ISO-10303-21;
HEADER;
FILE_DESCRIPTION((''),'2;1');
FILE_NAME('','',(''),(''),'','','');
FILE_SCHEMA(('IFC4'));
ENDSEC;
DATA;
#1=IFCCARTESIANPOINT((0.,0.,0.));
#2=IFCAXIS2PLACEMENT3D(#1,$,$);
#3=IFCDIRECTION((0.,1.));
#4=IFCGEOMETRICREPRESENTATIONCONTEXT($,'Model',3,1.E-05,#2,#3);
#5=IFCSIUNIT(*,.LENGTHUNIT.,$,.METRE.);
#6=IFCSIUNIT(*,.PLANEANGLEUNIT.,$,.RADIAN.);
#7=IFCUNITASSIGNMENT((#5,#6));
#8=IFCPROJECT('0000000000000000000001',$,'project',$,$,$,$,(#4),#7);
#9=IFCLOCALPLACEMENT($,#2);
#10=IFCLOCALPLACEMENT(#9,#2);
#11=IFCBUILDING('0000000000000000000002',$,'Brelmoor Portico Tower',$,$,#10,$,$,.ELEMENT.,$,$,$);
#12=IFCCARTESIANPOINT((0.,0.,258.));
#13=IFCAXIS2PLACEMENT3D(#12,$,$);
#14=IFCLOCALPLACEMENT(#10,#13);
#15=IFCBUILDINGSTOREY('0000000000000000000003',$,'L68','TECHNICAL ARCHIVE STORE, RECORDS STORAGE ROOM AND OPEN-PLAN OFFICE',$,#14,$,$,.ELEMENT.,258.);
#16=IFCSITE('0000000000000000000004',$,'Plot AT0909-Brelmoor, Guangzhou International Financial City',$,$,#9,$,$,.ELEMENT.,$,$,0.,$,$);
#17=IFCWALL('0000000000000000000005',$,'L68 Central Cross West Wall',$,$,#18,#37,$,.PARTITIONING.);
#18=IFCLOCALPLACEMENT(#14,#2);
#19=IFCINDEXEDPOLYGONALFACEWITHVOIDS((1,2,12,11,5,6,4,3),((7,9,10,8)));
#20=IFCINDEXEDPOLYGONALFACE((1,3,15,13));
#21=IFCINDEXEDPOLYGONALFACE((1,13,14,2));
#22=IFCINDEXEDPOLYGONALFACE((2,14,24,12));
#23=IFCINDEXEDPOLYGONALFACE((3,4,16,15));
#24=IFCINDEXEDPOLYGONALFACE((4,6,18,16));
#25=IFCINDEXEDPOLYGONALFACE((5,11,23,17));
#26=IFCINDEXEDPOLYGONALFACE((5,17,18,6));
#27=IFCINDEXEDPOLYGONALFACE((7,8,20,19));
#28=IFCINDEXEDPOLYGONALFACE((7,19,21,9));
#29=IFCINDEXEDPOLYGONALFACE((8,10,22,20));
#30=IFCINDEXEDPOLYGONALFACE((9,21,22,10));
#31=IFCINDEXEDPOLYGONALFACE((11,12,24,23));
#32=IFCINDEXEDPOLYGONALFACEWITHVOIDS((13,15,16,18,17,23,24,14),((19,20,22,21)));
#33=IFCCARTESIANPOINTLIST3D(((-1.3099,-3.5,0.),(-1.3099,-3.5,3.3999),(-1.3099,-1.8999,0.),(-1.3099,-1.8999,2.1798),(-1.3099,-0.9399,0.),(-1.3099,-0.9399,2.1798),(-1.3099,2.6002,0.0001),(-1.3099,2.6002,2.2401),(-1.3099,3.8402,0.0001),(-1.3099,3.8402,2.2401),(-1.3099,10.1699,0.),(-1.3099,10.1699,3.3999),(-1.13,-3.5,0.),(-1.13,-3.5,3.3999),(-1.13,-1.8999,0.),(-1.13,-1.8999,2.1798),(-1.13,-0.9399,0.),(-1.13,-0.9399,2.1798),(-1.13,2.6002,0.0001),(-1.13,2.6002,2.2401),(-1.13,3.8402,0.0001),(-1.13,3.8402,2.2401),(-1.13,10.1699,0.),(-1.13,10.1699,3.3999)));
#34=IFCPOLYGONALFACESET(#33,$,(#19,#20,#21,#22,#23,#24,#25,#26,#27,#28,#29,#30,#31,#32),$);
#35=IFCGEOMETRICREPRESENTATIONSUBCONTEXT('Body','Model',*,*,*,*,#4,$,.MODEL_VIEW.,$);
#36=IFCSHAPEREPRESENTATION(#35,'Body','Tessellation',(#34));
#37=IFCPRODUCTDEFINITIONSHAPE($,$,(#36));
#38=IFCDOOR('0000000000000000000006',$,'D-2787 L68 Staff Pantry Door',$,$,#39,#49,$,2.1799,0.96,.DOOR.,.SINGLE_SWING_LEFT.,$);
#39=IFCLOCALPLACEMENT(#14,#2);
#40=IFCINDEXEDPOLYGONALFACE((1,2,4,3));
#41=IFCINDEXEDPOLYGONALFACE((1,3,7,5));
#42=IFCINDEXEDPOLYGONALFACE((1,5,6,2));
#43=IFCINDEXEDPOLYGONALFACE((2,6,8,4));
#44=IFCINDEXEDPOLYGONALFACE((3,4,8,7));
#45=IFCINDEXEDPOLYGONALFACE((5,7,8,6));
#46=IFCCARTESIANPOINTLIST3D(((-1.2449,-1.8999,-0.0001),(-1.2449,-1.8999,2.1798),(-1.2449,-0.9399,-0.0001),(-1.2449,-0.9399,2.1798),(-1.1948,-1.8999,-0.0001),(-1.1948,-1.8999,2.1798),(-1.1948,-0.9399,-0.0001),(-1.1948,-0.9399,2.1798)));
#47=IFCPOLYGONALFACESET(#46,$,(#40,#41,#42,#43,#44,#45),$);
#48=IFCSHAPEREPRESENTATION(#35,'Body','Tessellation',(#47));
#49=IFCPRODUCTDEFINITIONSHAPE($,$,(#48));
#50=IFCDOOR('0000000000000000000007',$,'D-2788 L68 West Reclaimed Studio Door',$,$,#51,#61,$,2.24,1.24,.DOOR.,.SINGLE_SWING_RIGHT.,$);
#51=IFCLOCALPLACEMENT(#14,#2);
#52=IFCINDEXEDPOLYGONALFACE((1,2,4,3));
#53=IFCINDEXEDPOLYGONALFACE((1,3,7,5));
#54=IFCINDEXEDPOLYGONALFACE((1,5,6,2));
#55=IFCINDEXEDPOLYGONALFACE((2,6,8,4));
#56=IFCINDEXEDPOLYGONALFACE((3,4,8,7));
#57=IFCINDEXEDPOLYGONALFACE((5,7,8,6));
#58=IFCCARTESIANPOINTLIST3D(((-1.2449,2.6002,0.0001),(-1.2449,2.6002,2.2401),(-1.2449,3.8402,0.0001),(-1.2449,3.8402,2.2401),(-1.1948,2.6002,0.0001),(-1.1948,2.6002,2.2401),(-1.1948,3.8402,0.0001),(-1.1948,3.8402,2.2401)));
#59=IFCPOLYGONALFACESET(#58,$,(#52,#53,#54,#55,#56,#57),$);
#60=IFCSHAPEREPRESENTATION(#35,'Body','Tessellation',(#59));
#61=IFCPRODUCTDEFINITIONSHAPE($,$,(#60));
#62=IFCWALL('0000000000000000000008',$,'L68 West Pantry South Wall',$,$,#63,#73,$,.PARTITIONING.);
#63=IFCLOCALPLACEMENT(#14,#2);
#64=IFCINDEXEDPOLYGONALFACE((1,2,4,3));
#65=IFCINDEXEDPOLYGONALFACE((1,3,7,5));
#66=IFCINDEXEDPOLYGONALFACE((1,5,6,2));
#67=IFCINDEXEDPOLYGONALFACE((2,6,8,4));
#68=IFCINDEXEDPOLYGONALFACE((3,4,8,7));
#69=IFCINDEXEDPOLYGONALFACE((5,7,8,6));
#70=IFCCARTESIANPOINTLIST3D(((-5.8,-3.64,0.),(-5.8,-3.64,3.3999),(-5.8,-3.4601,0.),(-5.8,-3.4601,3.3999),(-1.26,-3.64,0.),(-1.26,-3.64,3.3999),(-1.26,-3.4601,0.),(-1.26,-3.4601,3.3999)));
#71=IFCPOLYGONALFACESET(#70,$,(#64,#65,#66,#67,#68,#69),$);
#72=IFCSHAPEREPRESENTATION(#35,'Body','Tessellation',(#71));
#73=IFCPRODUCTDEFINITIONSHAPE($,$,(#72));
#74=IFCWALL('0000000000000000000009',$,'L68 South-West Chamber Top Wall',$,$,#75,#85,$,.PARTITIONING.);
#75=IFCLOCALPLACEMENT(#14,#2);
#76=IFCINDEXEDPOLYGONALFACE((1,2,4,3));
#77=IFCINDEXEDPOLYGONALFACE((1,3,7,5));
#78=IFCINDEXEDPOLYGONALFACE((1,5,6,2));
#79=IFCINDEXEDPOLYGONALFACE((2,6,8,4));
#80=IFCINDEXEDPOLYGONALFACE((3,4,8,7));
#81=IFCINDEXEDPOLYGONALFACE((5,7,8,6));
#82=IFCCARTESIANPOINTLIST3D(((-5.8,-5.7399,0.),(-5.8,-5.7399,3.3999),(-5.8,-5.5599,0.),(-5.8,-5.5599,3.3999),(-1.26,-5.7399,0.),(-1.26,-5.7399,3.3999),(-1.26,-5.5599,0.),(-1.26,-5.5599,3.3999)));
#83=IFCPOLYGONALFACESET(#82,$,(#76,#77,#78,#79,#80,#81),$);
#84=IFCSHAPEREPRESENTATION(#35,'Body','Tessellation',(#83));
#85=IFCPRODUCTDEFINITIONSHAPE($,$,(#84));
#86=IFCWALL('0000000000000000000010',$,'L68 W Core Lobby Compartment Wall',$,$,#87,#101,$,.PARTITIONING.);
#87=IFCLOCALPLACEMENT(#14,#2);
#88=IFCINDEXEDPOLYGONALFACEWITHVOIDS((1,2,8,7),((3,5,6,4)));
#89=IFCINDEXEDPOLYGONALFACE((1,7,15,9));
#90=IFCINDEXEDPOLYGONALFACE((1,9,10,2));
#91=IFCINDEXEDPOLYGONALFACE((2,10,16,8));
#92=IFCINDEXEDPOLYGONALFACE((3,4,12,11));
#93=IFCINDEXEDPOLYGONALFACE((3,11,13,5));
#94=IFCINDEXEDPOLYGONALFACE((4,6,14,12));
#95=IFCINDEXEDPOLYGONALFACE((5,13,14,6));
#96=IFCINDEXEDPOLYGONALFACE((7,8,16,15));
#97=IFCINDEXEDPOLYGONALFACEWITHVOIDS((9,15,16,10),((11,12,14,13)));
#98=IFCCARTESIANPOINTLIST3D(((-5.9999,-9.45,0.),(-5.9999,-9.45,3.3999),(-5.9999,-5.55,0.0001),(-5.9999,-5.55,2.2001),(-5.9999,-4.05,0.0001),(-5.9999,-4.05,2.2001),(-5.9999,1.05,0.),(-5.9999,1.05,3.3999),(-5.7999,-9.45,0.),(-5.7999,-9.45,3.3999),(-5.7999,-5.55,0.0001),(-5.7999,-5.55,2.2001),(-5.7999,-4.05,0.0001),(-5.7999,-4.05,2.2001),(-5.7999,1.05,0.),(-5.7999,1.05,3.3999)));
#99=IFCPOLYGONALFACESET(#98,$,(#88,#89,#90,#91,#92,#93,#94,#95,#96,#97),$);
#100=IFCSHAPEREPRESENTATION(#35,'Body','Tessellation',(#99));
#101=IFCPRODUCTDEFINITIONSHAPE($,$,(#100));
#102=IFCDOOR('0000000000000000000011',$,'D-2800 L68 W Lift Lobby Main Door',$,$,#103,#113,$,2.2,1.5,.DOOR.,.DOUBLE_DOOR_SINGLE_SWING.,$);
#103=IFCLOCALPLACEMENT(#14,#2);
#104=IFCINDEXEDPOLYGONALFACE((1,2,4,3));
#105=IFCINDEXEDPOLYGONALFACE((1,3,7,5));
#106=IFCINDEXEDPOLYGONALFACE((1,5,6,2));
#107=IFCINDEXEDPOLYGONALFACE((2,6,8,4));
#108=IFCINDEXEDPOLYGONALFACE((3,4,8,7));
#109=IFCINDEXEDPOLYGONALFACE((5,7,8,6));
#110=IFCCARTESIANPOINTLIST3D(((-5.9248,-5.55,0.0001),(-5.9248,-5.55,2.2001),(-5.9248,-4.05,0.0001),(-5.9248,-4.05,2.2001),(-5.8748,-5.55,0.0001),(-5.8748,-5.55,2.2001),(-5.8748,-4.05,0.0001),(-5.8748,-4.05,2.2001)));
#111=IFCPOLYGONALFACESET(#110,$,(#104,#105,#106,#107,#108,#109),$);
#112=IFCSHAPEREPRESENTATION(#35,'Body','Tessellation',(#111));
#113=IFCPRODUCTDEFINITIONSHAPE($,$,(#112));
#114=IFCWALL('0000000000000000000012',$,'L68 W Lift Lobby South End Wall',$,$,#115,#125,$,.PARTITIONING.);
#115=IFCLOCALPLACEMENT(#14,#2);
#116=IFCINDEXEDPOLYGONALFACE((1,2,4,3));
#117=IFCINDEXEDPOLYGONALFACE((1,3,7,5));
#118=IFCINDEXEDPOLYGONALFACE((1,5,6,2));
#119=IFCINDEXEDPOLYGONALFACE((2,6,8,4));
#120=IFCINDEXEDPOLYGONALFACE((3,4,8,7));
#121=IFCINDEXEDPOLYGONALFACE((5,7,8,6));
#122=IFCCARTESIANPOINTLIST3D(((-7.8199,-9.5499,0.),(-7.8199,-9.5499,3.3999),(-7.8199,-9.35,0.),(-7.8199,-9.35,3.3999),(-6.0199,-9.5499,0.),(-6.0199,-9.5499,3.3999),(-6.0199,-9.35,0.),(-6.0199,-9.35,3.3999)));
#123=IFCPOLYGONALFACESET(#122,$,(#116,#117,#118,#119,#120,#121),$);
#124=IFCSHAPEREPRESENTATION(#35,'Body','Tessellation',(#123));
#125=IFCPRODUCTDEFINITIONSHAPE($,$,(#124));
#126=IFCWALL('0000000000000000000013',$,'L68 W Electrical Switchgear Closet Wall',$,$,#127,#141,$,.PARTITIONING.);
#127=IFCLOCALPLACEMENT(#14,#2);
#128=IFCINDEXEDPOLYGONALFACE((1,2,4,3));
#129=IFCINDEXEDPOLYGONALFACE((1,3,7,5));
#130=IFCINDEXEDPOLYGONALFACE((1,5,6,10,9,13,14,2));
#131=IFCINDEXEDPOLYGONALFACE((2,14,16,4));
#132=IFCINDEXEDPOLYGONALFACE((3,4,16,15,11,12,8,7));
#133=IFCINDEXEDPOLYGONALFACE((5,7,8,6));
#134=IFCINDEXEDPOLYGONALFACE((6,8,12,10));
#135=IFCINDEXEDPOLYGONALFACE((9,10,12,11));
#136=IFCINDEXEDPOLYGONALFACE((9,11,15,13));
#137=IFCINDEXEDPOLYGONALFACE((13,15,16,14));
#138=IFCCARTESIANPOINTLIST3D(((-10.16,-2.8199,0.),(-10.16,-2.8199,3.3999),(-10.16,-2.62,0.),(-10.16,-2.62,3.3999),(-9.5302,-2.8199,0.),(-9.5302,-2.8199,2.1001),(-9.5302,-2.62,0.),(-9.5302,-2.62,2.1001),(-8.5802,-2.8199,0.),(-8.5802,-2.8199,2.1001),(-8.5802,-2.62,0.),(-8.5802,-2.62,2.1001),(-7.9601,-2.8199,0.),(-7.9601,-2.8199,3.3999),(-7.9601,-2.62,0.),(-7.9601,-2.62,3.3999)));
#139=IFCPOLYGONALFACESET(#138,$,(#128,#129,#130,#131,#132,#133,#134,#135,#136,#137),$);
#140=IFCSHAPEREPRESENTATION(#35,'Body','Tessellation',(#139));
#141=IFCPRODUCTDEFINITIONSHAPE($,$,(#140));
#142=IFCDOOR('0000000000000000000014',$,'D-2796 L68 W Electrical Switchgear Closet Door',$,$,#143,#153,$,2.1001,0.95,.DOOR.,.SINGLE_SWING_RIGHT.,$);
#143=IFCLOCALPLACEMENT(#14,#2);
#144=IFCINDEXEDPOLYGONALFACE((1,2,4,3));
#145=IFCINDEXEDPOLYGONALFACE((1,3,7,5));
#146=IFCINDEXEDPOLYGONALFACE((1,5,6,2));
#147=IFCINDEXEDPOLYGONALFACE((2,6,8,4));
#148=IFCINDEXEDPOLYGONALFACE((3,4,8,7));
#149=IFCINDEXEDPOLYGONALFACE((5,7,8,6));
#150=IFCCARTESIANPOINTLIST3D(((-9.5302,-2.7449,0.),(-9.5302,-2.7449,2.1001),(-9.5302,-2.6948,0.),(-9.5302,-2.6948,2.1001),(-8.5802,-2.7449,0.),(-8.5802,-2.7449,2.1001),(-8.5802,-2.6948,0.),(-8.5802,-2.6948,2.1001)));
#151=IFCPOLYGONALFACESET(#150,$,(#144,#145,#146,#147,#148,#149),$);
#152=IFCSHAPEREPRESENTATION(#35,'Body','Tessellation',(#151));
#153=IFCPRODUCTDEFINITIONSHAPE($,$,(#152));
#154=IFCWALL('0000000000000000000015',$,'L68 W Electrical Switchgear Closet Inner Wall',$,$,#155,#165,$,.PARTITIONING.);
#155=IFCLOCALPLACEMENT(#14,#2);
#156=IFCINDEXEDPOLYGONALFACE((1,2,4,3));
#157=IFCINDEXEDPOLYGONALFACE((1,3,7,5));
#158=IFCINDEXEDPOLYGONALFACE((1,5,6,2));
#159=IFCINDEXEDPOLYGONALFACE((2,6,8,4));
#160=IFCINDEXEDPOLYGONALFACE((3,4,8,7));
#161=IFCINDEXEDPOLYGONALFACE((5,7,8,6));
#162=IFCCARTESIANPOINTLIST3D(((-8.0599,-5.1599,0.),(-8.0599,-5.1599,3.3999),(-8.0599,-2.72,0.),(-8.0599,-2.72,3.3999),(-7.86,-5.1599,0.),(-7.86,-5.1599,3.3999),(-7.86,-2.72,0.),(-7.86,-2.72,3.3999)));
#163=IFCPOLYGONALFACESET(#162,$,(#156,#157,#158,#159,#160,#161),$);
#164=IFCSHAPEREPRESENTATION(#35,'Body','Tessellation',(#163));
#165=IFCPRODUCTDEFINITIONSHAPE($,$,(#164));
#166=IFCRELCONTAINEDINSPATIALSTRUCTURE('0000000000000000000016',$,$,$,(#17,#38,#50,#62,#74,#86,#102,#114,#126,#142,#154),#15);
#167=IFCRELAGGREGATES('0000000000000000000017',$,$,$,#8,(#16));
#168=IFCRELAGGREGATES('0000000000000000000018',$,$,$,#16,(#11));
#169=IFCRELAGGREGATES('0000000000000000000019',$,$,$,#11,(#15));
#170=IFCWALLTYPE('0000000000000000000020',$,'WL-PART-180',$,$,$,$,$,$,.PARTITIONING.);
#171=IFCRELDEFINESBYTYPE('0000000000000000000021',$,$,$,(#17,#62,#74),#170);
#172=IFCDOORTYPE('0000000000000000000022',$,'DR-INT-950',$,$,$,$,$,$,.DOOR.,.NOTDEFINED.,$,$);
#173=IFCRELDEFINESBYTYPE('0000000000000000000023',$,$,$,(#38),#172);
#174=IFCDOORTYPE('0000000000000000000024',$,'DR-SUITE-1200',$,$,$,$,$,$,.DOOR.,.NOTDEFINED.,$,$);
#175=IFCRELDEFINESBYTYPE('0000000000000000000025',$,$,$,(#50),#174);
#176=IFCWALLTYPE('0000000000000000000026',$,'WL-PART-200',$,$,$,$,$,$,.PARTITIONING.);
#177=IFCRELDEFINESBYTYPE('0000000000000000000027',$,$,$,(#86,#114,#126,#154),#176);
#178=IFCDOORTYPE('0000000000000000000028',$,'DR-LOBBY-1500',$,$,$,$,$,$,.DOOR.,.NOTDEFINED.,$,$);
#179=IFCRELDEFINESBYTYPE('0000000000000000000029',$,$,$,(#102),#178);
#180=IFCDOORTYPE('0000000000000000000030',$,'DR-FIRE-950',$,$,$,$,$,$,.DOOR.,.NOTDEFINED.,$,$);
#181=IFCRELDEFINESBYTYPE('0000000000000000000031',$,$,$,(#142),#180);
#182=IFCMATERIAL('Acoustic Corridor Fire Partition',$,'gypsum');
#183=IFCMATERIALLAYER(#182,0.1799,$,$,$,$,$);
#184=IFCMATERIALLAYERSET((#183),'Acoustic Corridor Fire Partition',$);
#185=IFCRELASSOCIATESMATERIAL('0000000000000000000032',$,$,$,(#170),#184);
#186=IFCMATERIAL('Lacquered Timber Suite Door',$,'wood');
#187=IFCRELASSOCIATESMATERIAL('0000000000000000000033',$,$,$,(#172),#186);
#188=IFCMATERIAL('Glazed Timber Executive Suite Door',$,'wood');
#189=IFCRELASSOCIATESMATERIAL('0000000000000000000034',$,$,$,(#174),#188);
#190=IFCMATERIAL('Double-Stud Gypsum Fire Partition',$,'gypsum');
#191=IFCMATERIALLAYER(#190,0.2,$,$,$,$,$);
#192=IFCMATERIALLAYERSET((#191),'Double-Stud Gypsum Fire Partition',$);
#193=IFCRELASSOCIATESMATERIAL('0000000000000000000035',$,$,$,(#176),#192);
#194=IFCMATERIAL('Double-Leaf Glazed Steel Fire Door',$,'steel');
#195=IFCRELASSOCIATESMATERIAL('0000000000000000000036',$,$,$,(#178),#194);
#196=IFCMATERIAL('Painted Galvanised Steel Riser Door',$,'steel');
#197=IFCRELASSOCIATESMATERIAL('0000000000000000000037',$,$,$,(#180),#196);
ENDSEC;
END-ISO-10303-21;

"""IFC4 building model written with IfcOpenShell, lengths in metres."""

from ifc_helpers import new_model, si_unit, direction, frame, frame_2d, origin, place, context, subcontext, project, spatial, rectangle, extrude, material, layer, layer_set, type_object, element, fill, save


model = new_model("IFC4")

# Units and contexts
model_context = context("Model", 3, precision=1e-05, world=origin(), true_north=direction((0.0, 1.0)))
body_context = subcontext(model_context, "Body", "Model", "MODEL_VIEW")
ifc_project = project(units=[si_unit("LENGTHUNIT", "METRE"), si_unit("PLANEANGLEUNIT", "RADIAN")], contexts=[model_context])

# Site, building, storey
site_placement = place(None, origin())
site = spatial("IfcSite", under=ifc_project, at=site_placement, Name="Plot AT0909-Brelmoor, Guangzhou International Financial City", CompositionType="ELEMENT", RefElevation=0.0)
building_placement = place(site_placement, origin())
building = spatial("IfcBuilding", under=site, at=building_placement, Name="Brelmoor Portico Tower", CompositionType="ELEMENT")
storey_placement = place(building_placement, frame((0.0, 0.0, 258.0)))
storey = spatial("IfcBuildingStorey", under=building, at=storey_placement, Name="L68", Description="TECHNICAL ARCHIVE STORE, RECORDS STORAGE ROOM AND OPEN-PLAN OFFICE", CompositionType="ELEMENT", Elevation=258.0)

# Wall, openings, doors
ifc_material_1 = material(Name="Acoustic Corridor Fire Partition", Category="gypsum")
ifc_layer_1 = layer(ifc_material_1, 0.1799)
ifc_layer_set_1 = layer_set([ifc_layer_1], Name="Acoustic Corridor Fire Partition")
wall_type_1 = type_object("IfcWallType", Name="WL-PART-180", PredefinedType="PARTITIONING", material=ifc_layer_set_1)
wall_1_placement = place(storey_placement, frame((-1.22, -3.5, 0.0), z_axis=(0.0, 0.0, 1.0), x_axis=(0.0, 1.0, 0.0)))
wall_1 = element("IfcWall", 1, at=wall_1_placement, inside=storey, type_object=wall_type_1, Name="L68 Central Cross West Wall", PredefinedType="PARTITIONING", context=body_context, shape_type="SweptSolid", body=[
    extrude(rectangle(XDim=13.6699, YDim=0.1799, at=frame_2d((6.835, 0.0))), origin(), (0.0, 0.0, 1.0), 3.3999),
])
opening_1_placement = place(wall_1_placement, frame((6.1001, 0.0, 0.0)))
opening_1 = element("IfcOpeningElement", 2, at=opening_1_placement, cuts=wall_1, PredefinedType="OPENING", context=body_context, shape_type="SweptSolid", body=[
    extrude(rectangle(XDim=1.24, YDim=2.24, at=frame_2d((0.6201, 1.1201))), frame((0.0, 0.0999, 0.0), z_axis=(0.0, -1.0, 0.0), x_axis=(1.0, 0.0, 0.0)), (0.0, 0.0, 1.0), 0.2),
])
opening_2_placement = place(wall_1_placement, frame((1.6001, 0.0, 0.0)))
opening_2 = element("IfcOpeningElement", 3, at=opening_2_placement, cuts=wall_1, PredefinedType="OPENING", context=body_context, shape_type="SweptSolid", body=[
    extrude(rectangle(XDim=0.96, YDim=2.1799, at=frame_2d((0.48, 1.0898))), frame((0.0, 0.0999, 0.0), z_axis=(0.0, -1.0, 0.0), x_axis=(1.0, 0.0, 0.0)), (0.0, 0.0, 1.0), 0.2),
])
ifc_material_2 = material(Name="Lacquered Timber Suite Door", Category="wood")
door_type_1 = type_object("IfcDoorType", Name="DR-INT-950", OperationType="NOTDEFINED", PredefinedType="DOOR", material=ifc_material_2)
door_1_placement = place(opening_2_placement, origin())
door_1 = element("IfcDoor", 4, at=door_1_placement, inside=storey, type_object=door_type_1, Name="D-2787 L68 Staff Pantry Door", OperationType="SINGLE_SWING_LEFT", OverallHeight=2.1799, OverallWidth=0.96, PredefinedType="DOOR", context=body_context, shape_type="SweptSolid", body=[
    extrude(rectangle(XDim=0.96, YDim=2.1799, at=frame_2d((0.48, 1.0898))), frame((0.0, 0.0249, 0.0), z_axis=(0.0, -1.0, 0.0), x_axis=(1.0, 0.0, 0.0)), (0.0, 0.0, 1.0), 0.05),
])
fill(opening_2, door_1)
ifc_material_3 = material(Name="Glazed Timber Executive Suite Door", Category="wood")
door_type_2 = type_object("IfcDoorType", Name="DR-SUITE-1200", OperationType="NOTDEFINED", PredefinedType="DOOR", material=ifc_material_3)
door_2_placement = place(opening_1_placement, origin())
door_2 = element("IfcDoor", 5, at=door_2_placement, inside=storey, type_object=door_type_2, Name="D-2788 L68 West Reclaimed Studio Door", OperationType="SINGLE_SWING_RIGHT", OverallHeight=2.24, OverallWidth=1.24, PredefinedType="DOOR", context=body_context, shape_type="SweptSolid", body=[
    extrude(rectangle(XDim=1.24, YDim=2.24, at=frame_2d((0.6201, 1.1201))), frame((0.0, 0.0249, 0.0), z_axis=(0.0, -1.0, 0.0), x_axis=(1.0, 0.0, 0.0)), (0.0, 0.0, 1.0), 0.05),
])
fill(opening_1, door_2)

# Walls
for number, where, z_axis, x_axis, name in (
    (6, (-5.8, -3.55, 0.0), (0.0, 0.0, 1.0), (1.0, 0.0, 0.0), "L68 West Pantry South Wall"),
    (7, (-5.8, -5.6499, 0.0), (0.0, 0.0, 1.0), (1.0, 0.0, 0.0), "L68 South-West Chamber Top Wall"),
):
    element("IfcWall", number, at=place(storey_placement, frame(where, z_axis=z_axis, x_axis=x_axis)), inside=storey, type_object=wall_type_1, Name=name, PredefinedType="PARTITIONING", context=body_context, shape_type="SweptSolid", body=[
        extrude(rectangle(XDim=4.54, YDim=0.1799, at=frame_2d((2.27, 0.0))), origin(), (0.0, 0.0, 1.0), 3.3999),
    ])

# Wall, opening, door
ifc_material_4 = material(Name="Double-Stud Gypsum Fire Partition", Category="gypsum")
ifc_layer_2 = layer(ifc_material_4, 0.2)
ifc_layer_set_2 = layer_set([ifc_layer_2], Name="Double-Stud Gypsum Fire Partition")
wall_type_2 = type_object("IfcWallType", Name="WL-PART-200", PredefinedType="PARTITIONING", material=ifc_layer_set_2)
wall_2_placement = place(storey_placement, frame((-5.8999, -9.45, 0.0), z_axis=(0.0, 0.0, 1.0), x_axis=(0.0, 1.0, 0.0)))
wall_2 = element("IfcWall", 8, at=wall_2_placement, inside=storey, type_object=wall_type_2, Name="L68 W Core Lobby Compartment Wall", PredefinedType="PARTITIONING", context=body_context, shape_type="SweptSolid", body=[
    extrude(rectangle(XDim=10.5, YDim=0.2, at=frame_2d((5.25, 0.0))), origin(), (0.0, 0.0, 1.0), 3.3999),
])
opening_3_placement = place(wall_2_placement, frame((3.8999, 0.0, 0.0)))
opening_3 = element("IfcOpeningElement", 9, at=opening_3_placement, cuts=wall_2, PredefinedType="OPENING", context=body_context, shape_type="SweptSolid", body=[
    extrude(rectangle(XDim=1.5, YDim=2.2, at=frame_2d((0.75, 1.1001))), frame((0.0, 0.1099, 0.0), z_axis=(0.0, -1.0, 0.0), x_axis=(1.0, 0.0, 0.0)), (0.0, 0.0, 1.0), 0.22),
])
ifc_material_5 = material(Name="Double-Leaf Glazed Steel Fire Door", Category="steel")
door_type_3 = type_object("IfcDoorType", Name="DR-LOBBY-1500", OperationType="NOTDEFINED", PredefinedType="DOOR", material=ifc_material_5)
door_3_placement = place(opening_3_placement, origin())
door_3 = element("IfcDoor", 10, at=door_3_placement, inside=storey, type_object=door_type_3, Name="D-2800 L68 W Lift Lobby Main Door", OperationType="DOUBLE_DOOR_SINGLE_SWING", OverallHeight=2.2, OverallWidth=1.5, PredefinedType="DOOR", context=body_context, shape_type="SweptSolid", body=[
    extrude(rectangle(XDim=1.5, YDim=2.2, at=frame_2d((0.75, 1.1001))), frame((0.0, 0.0249, 0.0), z_axis=(0.0, -1.0, 0.0), x_axis=(1.0, 0.0, 0.0)), (0.0, 0.0, 1.0), 0.05),
])
fill(opening_3, door_3)

# Wall
wall_3_placement = place(storey_placement, frame((-6.02, -9.45, 0.0), z_axis=(0.0, 0.0, 1.0), x_axis=(-1.0, 0.0, 0.0)))
element("IfcWall", 11, at=wall_3_placement, inside=storey, type_object=wall_type_2, Name="L68 W Lift Lobby South End Wall", PredefinedType="PARTITIONING", context=body_context, shape_type="SweptSolid", body=[
    extrude(rectangle(XDim=1.8, YDim=0.2, at=frame_2d((0.8999, 0.0))), origin(), (0.0, 0.0, 1.0), 3.3999),
])

# Wall, opening, door
wall_4_placement = place(storey_placement, frame((-7.96, -2.72, 0.0), z_axis=(0.0, 0.0, 1.0), x_axis=(-1.0, 0.0, 0.0)))
wall_4 = element("IfcWall", 12, at=wall_4_placement, inside=storey, type_object=wall_type_2, Name="L68 W Electrical Switchgear Closet Wall", PredefinedType="PARTITIONING", context=body_context, shape_type="SweptSolid", body=[
    extrude(rectangle(XDim=2.2, YDim=0.2, at=frame_2d((1.1001, 0.0))), origin(), (0.0, 0.0, 1.0), 3.3999),
])
opening_4_placement = place(wall_4_placement, frame((0.6201, 0.0, 0.0)))
opening_4 = element("IfcOpeningElement", 13, at=opening_4_placement, cuts=wall_4, PredefinedType="OPENING", context=body_context, shape_type="SweptSolid", body=[
    extrude(rectangle(XDim=0.95, YDim=2.1001, at=frame_2d((0.4751, 1.05))), frame((0.0, 0.1099, 0.0), z_axis=(0.0, -1.0, 0.0), x_axis=(1.0, 0.0, 0.0)), (0.0, 0.0, 1.0), 0.22),
])
ifc_material_6 = material(Name="Painted Galvanised Steel Riser Door", Category="steel")
door_type_4 = type_object("IfcDoorType", Name="DR-FIRE-950", OperationType="NOTDEFINED", PredefinedType="DOOR", material=ifc_material_6)
door_4_placement = place(opening_4_placement, origin())
door_4 = element("IfcDoor", 14, at=door_4_placement, inside=storey, type_object=door_type_4, Name="D-2796 L68 W Electrical Switchgear Closet Door", OperationType="SINGLE_SWING_RIGHT", OverallHeight=2.1001, OverallWidth=0.95, PredefinedType="DOOR", context=body_context, shape_type="SweptSolid", body=[
    extrude(rectangle(XDim=0.95, YDim=2.1001, at=frame_2d((0.4751, 1.05))), frame((0.0, 0.0249, 0.0), z_axis=(0.0, -1.0, 0.0), x_axis=(1.0, 0.0, 0.0)), (0.0, 0.0, 1.0), 0.05),
])
fill(opening_4, door_4)

# Wall
wall_5_placement = place(storey_placement, frame((-7.96, -5.1599, 0.0), z_axis=(0.0, 0.0, 1.0), x_axis=(0.0, 1.0, 0.0)))
element("IfcWall", 15, at=wall_5_placement, inside=storey, type_object=wall_type_2, Name="L68 W Electrical Switchgear Closet Inner Wall", PredefinedType="PARTITIONING", context=body_context, shape_type="SweptSolid", body=[
    extrude(rectangle(XDim=2.4399, YDim=0.2, at=frame_2d((1.22, 0.0))), origin(), (0.0, 0.0, 1.0), 3.3999),
])

save(model, "model.ifc")
